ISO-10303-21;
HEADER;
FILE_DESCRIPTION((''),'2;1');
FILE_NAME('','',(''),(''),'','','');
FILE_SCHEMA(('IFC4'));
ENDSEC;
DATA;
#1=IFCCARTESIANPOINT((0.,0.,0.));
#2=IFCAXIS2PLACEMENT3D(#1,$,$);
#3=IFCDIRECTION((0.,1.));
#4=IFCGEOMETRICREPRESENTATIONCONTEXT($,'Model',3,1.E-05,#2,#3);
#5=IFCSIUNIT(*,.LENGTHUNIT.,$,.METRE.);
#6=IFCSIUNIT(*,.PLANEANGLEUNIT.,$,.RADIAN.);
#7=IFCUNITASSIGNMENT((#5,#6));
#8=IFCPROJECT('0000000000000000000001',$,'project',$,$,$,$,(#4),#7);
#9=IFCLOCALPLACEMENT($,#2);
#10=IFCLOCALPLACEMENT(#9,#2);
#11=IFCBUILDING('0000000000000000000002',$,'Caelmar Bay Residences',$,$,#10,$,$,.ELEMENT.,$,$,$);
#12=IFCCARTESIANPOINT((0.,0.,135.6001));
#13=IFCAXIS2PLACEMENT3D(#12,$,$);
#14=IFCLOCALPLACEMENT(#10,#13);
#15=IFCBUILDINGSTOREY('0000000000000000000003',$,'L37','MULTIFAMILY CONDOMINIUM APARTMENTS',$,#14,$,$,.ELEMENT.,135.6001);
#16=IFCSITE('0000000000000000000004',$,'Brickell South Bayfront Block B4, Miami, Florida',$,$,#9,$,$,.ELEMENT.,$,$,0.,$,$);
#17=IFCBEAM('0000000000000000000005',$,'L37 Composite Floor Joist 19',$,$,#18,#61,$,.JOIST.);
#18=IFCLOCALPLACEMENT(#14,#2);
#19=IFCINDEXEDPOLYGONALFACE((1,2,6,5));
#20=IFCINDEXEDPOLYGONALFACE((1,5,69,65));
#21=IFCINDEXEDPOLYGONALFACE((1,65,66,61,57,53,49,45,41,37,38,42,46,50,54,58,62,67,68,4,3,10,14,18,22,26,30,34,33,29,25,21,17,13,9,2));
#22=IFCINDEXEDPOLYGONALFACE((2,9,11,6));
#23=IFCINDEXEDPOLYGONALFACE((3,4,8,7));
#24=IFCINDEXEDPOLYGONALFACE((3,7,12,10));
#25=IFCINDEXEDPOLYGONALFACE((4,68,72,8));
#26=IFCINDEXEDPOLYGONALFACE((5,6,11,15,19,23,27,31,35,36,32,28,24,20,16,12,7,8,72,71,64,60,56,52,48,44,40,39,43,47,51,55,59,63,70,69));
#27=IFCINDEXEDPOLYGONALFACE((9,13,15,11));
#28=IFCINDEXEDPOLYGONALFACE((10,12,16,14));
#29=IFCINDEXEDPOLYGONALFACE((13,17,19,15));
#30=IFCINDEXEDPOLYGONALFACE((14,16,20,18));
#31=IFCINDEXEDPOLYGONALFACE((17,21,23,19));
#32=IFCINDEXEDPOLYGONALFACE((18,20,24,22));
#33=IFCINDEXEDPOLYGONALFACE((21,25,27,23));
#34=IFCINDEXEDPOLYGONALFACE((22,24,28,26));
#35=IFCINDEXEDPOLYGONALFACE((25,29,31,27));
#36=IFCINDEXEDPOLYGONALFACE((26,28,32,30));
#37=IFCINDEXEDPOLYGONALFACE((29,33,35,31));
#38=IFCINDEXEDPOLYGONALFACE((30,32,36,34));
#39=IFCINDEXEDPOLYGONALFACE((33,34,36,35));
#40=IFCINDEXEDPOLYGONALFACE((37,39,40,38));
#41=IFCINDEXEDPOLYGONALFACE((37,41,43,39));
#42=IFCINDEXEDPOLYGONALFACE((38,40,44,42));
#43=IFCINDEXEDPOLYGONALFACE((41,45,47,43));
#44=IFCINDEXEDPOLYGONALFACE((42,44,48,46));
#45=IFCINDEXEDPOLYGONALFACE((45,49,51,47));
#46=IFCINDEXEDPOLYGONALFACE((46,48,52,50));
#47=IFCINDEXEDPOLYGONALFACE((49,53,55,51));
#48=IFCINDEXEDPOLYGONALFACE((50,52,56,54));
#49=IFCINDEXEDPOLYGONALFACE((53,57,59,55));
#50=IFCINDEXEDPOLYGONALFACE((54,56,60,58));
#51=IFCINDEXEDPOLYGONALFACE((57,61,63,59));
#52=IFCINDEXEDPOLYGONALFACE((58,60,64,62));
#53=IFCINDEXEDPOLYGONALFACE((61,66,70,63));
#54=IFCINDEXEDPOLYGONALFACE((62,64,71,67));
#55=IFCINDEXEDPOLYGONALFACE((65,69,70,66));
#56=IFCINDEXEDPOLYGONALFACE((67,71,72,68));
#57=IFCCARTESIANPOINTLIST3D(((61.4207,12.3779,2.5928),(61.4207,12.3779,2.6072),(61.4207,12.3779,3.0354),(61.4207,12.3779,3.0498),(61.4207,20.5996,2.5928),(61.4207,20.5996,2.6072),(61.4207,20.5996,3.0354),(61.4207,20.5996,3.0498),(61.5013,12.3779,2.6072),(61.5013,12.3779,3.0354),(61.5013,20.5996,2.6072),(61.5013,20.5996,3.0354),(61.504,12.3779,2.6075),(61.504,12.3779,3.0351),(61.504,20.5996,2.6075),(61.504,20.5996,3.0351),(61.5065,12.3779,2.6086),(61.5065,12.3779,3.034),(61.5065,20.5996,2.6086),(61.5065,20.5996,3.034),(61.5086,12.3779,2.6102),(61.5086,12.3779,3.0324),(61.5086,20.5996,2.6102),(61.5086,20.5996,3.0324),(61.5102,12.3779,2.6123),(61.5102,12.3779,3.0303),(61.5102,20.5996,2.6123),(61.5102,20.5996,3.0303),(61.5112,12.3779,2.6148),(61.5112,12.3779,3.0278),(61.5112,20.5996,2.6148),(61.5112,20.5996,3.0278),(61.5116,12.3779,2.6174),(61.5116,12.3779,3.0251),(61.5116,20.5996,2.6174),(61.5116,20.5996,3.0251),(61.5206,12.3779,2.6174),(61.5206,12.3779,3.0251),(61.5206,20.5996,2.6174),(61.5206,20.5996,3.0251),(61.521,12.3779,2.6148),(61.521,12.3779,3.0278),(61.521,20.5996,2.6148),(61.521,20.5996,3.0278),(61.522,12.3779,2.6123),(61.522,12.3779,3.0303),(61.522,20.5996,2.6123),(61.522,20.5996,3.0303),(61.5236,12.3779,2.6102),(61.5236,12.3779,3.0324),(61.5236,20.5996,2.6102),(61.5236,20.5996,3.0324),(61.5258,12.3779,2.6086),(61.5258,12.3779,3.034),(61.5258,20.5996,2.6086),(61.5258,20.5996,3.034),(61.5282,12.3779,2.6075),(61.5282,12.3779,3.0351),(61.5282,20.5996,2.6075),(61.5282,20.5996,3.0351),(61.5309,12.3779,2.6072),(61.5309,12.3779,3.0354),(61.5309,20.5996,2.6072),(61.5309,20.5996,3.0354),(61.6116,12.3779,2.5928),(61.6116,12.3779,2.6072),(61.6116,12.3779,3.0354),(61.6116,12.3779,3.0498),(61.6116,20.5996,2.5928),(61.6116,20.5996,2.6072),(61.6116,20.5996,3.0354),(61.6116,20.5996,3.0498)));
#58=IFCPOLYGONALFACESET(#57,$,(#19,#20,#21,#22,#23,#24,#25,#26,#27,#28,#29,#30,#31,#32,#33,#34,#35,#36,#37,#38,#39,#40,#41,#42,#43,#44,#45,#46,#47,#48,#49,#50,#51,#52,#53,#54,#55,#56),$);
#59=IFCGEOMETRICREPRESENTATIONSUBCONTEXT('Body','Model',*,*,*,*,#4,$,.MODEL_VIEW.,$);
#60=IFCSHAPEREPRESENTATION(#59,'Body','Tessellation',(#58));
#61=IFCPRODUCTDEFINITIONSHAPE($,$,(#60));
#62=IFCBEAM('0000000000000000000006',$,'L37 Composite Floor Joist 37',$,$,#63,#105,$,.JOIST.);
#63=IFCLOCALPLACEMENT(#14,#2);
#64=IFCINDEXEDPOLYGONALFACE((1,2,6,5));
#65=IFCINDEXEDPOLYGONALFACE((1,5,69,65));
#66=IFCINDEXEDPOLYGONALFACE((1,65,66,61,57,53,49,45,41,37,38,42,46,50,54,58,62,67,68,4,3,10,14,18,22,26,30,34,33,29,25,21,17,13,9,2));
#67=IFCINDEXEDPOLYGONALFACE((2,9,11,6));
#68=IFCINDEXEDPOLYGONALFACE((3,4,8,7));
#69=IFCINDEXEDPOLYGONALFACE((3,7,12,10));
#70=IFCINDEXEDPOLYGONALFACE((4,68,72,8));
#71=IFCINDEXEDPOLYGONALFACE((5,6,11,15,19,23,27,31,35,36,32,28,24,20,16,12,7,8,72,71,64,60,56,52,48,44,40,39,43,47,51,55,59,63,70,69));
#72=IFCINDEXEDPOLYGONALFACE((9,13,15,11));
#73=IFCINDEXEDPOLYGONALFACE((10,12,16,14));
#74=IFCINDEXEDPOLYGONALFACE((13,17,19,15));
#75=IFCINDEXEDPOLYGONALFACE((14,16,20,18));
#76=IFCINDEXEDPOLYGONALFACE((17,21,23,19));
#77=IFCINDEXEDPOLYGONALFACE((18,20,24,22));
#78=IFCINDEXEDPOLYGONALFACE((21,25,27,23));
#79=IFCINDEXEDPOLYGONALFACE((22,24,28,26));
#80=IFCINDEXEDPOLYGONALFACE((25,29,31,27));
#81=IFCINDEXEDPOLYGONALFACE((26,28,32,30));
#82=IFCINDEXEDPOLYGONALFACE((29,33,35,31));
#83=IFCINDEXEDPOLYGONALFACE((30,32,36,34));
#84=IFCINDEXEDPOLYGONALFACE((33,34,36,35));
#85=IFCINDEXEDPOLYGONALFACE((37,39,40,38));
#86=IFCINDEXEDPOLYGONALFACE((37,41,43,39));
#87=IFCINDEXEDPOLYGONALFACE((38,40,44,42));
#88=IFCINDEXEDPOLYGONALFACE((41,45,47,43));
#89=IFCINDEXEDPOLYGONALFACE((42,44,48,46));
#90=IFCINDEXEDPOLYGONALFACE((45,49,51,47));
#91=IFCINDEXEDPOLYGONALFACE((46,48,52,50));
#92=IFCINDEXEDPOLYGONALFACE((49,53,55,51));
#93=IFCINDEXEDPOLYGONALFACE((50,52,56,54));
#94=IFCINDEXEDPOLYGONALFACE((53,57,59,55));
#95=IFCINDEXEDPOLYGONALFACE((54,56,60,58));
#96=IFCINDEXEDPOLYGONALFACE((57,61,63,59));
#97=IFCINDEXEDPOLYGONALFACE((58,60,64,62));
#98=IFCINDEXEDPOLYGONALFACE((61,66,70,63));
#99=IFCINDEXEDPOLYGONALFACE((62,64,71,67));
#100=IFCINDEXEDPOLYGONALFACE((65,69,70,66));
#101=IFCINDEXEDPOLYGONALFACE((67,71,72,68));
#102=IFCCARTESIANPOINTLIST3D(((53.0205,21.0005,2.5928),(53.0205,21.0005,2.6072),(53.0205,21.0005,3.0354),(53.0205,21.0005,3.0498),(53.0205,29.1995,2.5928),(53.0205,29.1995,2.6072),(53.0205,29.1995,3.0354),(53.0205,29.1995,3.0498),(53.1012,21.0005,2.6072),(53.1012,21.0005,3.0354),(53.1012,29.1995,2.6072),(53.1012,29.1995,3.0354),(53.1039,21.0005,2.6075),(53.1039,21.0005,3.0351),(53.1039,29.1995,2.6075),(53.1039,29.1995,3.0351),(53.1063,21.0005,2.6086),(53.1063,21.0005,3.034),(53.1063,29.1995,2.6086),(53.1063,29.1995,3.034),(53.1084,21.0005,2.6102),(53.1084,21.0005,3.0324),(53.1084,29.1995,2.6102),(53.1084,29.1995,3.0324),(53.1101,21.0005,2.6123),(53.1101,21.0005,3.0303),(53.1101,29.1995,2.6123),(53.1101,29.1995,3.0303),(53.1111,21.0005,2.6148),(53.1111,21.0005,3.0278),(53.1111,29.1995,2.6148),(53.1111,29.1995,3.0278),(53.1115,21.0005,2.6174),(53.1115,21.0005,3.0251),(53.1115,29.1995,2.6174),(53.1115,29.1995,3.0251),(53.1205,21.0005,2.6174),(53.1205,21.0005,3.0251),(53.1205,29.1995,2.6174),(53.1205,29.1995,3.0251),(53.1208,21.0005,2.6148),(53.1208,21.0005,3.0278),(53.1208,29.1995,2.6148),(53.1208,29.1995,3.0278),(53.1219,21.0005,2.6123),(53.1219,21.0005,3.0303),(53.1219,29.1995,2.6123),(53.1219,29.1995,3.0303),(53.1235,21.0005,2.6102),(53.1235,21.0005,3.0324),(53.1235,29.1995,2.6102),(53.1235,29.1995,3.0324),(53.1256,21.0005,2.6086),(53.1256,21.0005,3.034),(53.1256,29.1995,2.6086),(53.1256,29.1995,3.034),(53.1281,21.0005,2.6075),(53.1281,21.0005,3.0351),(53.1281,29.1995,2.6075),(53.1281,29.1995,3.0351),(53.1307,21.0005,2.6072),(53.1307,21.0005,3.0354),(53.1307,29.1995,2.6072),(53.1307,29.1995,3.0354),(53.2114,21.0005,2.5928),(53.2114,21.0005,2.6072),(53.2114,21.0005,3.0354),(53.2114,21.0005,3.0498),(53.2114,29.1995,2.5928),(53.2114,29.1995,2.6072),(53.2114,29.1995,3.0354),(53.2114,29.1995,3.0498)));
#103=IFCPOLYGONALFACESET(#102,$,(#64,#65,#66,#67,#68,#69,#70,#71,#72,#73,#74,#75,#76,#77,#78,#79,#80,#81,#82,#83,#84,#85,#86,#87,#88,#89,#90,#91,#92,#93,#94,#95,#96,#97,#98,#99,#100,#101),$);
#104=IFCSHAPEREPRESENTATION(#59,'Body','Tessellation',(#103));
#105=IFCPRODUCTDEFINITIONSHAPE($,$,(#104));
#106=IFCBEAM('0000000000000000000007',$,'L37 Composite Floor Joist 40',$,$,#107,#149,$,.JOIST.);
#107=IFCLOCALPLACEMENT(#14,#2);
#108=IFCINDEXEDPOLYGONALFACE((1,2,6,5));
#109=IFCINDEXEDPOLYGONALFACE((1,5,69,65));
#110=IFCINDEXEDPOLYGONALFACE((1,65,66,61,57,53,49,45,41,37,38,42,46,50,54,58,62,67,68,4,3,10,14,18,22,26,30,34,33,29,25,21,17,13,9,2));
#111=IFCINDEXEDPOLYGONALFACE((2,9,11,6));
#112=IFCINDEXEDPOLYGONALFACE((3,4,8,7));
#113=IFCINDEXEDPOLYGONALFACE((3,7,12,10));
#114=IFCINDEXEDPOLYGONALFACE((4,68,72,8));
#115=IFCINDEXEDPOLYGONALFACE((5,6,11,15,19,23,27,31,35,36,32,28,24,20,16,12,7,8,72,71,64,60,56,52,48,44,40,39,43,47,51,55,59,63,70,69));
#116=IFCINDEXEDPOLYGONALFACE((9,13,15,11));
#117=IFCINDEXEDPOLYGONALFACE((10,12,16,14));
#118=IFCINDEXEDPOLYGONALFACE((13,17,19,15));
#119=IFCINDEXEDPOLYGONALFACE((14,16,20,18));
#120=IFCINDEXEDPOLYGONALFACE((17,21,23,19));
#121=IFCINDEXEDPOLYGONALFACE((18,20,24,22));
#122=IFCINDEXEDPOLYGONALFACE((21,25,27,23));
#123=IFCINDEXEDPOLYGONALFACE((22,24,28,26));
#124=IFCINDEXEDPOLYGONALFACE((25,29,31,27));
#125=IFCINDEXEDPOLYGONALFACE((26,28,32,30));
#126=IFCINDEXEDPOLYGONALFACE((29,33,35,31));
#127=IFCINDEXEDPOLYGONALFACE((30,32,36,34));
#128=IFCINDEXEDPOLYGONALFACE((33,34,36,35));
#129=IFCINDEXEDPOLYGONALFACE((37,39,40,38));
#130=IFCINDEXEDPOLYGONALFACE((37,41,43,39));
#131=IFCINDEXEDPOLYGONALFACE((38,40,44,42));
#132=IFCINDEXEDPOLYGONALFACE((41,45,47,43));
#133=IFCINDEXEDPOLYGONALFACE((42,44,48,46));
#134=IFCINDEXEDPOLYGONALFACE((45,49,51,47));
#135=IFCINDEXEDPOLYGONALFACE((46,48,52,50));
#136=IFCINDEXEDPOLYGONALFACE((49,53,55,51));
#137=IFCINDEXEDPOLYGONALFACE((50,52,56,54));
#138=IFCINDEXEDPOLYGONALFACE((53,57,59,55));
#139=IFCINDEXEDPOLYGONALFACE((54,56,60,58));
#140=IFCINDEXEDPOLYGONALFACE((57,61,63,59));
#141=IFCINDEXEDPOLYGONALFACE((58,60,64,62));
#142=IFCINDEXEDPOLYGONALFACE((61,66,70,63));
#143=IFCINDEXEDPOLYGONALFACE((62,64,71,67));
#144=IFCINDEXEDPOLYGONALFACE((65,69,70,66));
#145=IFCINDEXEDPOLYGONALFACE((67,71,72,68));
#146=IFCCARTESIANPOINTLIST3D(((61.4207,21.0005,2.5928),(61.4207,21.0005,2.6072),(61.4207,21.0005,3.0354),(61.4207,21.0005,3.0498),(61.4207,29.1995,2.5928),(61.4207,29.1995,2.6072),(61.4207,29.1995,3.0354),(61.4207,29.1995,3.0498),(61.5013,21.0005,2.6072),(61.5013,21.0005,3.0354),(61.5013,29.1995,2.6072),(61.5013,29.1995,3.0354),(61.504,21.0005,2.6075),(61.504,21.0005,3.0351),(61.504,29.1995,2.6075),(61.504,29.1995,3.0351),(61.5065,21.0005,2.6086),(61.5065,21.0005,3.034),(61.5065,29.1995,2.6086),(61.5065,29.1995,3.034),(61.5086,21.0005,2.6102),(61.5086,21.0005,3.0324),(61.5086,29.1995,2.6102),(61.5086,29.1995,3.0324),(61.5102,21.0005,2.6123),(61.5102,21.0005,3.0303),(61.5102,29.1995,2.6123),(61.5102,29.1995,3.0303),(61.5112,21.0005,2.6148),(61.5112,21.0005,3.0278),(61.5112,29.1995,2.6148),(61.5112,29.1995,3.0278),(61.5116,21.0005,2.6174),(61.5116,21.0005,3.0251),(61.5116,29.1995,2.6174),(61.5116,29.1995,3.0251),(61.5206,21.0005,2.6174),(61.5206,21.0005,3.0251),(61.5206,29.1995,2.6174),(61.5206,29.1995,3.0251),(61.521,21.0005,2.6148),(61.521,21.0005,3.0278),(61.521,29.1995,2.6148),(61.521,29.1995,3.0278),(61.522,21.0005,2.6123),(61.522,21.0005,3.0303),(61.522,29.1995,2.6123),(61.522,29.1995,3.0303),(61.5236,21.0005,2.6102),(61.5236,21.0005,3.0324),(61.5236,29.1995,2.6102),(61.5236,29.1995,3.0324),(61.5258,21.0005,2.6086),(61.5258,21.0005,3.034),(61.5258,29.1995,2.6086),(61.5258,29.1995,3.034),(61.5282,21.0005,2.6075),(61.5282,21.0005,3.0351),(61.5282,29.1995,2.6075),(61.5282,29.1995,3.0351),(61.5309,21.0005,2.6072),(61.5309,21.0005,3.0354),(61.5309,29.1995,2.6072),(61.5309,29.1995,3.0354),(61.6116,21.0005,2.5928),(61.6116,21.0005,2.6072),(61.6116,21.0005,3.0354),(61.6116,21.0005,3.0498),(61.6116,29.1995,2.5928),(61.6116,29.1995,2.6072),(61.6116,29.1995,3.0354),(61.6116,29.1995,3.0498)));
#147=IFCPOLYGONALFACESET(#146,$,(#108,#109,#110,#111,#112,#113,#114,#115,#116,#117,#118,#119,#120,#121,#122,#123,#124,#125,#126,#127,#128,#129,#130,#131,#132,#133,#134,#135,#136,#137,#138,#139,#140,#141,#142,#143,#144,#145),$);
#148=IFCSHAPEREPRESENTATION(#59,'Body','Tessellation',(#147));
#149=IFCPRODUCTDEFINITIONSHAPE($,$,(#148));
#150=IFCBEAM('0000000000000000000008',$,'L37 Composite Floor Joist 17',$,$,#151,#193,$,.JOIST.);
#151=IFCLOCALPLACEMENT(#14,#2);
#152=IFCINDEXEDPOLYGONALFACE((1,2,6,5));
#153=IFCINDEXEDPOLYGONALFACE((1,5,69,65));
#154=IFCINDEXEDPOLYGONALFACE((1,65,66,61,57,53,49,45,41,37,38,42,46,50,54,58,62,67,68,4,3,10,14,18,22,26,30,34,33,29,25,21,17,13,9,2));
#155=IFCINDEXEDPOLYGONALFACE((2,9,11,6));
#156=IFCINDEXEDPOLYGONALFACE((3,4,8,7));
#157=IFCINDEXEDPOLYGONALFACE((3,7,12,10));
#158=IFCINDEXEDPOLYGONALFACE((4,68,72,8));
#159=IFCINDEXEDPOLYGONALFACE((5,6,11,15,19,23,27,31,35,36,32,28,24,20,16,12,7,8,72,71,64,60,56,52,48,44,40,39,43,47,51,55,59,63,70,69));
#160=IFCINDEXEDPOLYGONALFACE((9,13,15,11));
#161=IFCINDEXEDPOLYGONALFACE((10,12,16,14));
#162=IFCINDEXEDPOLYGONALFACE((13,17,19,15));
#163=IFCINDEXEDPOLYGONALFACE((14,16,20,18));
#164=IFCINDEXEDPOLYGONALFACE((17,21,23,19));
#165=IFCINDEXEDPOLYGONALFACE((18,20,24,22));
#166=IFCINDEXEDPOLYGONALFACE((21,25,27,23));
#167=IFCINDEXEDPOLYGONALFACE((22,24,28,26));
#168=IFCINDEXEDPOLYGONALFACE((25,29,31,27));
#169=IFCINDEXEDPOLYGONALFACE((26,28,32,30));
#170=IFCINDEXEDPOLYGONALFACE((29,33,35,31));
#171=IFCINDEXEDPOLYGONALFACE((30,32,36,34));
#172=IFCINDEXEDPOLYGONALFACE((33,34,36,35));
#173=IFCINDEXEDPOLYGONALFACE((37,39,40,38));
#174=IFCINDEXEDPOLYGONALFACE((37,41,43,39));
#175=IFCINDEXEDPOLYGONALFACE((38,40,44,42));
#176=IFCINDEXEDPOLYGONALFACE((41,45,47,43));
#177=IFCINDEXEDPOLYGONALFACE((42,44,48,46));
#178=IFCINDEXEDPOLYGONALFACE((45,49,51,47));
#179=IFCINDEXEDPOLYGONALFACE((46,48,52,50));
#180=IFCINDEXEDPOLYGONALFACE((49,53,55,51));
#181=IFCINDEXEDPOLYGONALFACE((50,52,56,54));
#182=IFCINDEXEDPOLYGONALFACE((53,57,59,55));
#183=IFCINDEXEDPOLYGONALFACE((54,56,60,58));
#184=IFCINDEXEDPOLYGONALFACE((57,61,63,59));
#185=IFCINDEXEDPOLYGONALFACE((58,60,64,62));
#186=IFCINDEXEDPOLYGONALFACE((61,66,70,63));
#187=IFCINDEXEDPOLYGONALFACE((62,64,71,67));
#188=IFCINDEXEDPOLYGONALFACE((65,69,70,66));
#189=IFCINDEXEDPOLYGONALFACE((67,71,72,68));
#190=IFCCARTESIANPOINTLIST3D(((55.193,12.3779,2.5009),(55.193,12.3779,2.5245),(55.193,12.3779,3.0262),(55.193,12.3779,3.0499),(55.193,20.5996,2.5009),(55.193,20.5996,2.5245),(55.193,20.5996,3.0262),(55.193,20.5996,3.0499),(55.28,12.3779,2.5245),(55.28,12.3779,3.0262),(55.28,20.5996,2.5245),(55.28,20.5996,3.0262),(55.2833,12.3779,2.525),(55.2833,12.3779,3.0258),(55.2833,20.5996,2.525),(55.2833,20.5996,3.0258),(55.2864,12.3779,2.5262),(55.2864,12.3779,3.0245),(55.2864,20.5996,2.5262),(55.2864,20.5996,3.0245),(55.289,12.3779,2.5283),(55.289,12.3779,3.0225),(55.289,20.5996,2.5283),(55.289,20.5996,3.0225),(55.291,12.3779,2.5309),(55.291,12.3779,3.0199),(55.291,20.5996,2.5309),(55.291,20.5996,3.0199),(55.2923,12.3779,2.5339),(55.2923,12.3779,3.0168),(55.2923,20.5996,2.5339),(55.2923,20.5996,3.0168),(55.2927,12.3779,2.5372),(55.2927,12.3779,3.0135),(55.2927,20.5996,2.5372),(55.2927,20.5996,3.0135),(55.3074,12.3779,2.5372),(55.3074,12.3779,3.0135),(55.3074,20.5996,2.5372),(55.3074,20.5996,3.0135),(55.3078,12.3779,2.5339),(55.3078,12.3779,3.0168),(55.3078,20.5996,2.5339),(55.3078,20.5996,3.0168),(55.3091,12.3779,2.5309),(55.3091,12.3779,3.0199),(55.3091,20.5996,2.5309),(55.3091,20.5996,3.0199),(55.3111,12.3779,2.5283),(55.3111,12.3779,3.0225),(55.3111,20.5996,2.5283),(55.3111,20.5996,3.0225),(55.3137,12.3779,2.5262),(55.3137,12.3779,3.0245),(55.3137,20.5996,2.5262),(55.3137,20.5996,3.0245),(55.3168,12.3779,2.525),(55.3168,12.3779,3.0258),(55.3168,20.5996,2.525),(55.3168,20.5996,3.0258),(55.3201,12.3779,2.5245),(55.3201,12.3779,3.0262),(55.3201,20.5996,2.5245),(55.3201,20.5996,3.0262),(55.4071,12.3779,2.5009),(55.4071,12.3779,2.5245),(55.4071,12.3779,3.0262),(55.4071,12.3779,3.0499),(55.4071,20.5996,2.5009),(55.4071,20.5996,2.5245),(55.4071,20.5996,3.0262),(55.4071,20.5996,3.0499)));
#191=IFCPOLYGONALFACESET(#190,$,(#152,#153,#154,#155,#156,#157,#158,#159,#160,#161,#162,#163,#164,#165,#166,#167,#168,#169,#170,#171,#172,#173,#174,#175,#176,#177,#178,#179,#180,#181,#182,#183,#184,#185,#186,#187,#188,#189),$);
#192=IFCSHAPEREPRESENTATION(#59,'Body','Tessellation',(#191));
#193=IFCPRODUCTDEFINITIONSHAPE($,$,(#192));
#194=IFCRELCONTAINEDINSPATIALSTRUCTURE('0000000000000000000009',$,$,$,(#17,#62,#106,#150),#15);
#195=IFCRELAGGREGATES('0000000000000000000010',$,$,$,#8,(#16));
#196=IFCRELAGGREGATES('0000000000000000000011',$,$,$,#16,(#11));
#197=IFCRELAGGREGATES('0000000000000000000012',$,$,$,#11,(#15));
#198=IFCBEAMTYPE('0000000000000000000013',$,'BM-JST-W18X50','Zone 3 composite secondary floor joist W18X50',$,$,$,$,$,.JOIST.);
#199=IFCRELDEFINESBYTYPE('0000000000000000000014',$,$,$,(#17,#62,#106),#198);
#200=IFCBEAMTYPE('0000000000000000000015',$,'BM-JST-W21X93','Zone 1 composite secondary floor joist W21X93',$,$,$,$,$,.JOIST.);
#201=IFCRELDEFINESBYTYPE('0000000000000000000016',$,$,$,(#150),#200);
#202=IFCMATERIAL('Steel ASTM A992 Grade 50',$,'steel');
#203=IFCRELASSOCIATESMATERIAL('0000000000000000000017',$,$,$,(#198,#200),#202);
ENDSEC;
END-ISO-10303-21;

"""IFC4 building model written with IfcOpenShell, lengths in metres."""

from ifc_helpers import new_model, si_unit, direction, frame, origin, origin_2d, place, context, subcontext, project, spatial, i_section, extrude, material, material_profile, profile_set, type_object, element, save


model = new_model("IFC4")

# Units and contexts
model_context = context("Model", 3, precision=1e-05, world=origin(), true_north=direction((0.0, 1.0)))
body_context = subcontext(model_context, "Body", "Model", "MODEL_VIEW")
ifc_project = project(units=[si_unit("LENGTHUNIT", "METRE"), si_unit("PLANEANGLEUNIT", "RADIAN")], contexts=[model_context])

# Site, building, storey
site_placement = place(None, origin())
site = spatial("IfcSite", under=ifc_project, at=site_placement, Name="Brickell South Bayfront Block B4, Miami, Florida", CompositionType="ELEMENT", RefElevation=0.0)
building_placement = place(site_placement, origin())
building = spatial("IfcBuilding", under=site, at=building_placement, Name="Caelmar Bay Residences", CompositionType="ELEMENT")
storey_placement = place(building_placement, frame((0.0, 0.0, 135.6001)))
storey = spatial("IfcBuildingStorey", under=building, at=storey_placement, Name="L37", Description="MULTIFAMILY CONDOMINIUM APARTMENTS", CompositionType="ELEMENT", Elevation=135.6001)

# Beams
ifc_material_1 = material(Name="Steel ASTM A992 Grade 50", Category="steel")
ifc_material_profile_1 = material_profile(ifc_material_1, i_section(OverallWidth=0.1909, OverallDepth=0.457, WebThickness=0.009, FlangeThickness=0.0144, FilletRadius=0.0103, at=origin_2d()), Name="W18X50")
ifc_profile_set_1 = profile_set([ifc_material_profile_1], Name="Steel ASTM A992 Grade 50")
beam_type_1 = type_object("IfcBeamType", Name="BM-JST-W18X50", Description="Zone 3 composite secondary floor joist W18X50", PredefinedType="JOIST", material=ifc_profile_set_1)
for number, where, z_axis, x_axis, name in (
    (1, (61.5161, 12.3779, 2.8213), (0.0, 1.0, 0.0), (-1.0, 0.0, 0.0), "L37 Composite Floor Joist 19"),
):
    element("IfcBeam", number, at=place(storey_placement, frame(where, z_axis=z_axis, x_axis=x_axis)), inside=storey, type_object=beam_type_1, Name=name, PredefinedType="JOIST", context=body_context, shape_type="SweptSolid", body=[
        extrude(i_section(OverallWidth=0.1909, OverallDepth=0.457, WebThickness=0.009, FlangeThickness=0.0144, FilletRadius=0.0103, at=origin_2d()), origin(), (0.0, 0.0, 1.0), 8.2217),
    ])
for number, where, z_axis, x_axis, name in (
    (2, (53.116, 21.0005, 2.8213), (0.0, 1.0, 0.0), (-1.0, 0.0, 0.0), "L37 Composite Floor Joist 37"),
    (3, (61.5161, 21.0005, 2.8213), (0.0, 1.0, 0.0), (-1.0, 0.0, 0.0), "L37 Composite Floor Joist 40"),
):
    element("IfcBeam", number, at=place(storey_placement, frame(where, z_axis=z_axis, x_axis=x_axis)), inside=storey, type_object=beam_type_1, Name=name, PredefinedType="JOIST", context=body_context, shape_type="SweptSolid", body=[
        extrude(i_section(OverallWidth=0.1909, OverallDepth=0.457, WebThickness=0.009, FlangeThickness=0.0144, FilletRadius=0.0103, at=origin_2d()), origin(), (0.0, 0.0, 1.0), 8.199),
    ])
ifc_material_profile_2 = material_profile(ifc_material_1, i_section(OverallWidth=0.2141, OverallDepth=0.5491, WebThickness=0.0146, FlangeThickness=0.0237, FilletRadius=0.0127, at=origin_2d()), Name="W21X93")
ifc_profile_set_2 = profile_set([ifc_material_profile_2], Name="Steel ASTM A992 Grade 50")
beam_type_2 = type_object("IfcBeamType", Name="BM-JST-W21X93", Description="Zone 1 composite secondary floor joist W21X93", PredefinedType="JOIST", material=ifc_profile_set_2)
for number, where, z_axis, x_axis, name in (
    (4, (55.3, 12.3779, 2.7754), (0.0, 1.0, 0.0), (-1.0, 0.0, 0.0), "L37 Composite Floor Joist 17"),
):
    element("IfcBeam", number, at=place(storey_placement, frame(where, z_axis=z_axis, x_axis=x_axis)), inside=storey, type_object=beam_type_2, Name=name, PredefinedType="JOIST", context=body_context, shape_type="SweptSolid", body=[
        extrude(i_section(OverallWidth=0.2141, OverallDepth=0.5491, WebThickness=0.0146, FlangeThickness=0.0237, FilletRadius=0.0127, at=origin_2d()), origin(), (0.0, 0.0, 1.0), 8.2217),
    ])

save(model, "model.ifc")
